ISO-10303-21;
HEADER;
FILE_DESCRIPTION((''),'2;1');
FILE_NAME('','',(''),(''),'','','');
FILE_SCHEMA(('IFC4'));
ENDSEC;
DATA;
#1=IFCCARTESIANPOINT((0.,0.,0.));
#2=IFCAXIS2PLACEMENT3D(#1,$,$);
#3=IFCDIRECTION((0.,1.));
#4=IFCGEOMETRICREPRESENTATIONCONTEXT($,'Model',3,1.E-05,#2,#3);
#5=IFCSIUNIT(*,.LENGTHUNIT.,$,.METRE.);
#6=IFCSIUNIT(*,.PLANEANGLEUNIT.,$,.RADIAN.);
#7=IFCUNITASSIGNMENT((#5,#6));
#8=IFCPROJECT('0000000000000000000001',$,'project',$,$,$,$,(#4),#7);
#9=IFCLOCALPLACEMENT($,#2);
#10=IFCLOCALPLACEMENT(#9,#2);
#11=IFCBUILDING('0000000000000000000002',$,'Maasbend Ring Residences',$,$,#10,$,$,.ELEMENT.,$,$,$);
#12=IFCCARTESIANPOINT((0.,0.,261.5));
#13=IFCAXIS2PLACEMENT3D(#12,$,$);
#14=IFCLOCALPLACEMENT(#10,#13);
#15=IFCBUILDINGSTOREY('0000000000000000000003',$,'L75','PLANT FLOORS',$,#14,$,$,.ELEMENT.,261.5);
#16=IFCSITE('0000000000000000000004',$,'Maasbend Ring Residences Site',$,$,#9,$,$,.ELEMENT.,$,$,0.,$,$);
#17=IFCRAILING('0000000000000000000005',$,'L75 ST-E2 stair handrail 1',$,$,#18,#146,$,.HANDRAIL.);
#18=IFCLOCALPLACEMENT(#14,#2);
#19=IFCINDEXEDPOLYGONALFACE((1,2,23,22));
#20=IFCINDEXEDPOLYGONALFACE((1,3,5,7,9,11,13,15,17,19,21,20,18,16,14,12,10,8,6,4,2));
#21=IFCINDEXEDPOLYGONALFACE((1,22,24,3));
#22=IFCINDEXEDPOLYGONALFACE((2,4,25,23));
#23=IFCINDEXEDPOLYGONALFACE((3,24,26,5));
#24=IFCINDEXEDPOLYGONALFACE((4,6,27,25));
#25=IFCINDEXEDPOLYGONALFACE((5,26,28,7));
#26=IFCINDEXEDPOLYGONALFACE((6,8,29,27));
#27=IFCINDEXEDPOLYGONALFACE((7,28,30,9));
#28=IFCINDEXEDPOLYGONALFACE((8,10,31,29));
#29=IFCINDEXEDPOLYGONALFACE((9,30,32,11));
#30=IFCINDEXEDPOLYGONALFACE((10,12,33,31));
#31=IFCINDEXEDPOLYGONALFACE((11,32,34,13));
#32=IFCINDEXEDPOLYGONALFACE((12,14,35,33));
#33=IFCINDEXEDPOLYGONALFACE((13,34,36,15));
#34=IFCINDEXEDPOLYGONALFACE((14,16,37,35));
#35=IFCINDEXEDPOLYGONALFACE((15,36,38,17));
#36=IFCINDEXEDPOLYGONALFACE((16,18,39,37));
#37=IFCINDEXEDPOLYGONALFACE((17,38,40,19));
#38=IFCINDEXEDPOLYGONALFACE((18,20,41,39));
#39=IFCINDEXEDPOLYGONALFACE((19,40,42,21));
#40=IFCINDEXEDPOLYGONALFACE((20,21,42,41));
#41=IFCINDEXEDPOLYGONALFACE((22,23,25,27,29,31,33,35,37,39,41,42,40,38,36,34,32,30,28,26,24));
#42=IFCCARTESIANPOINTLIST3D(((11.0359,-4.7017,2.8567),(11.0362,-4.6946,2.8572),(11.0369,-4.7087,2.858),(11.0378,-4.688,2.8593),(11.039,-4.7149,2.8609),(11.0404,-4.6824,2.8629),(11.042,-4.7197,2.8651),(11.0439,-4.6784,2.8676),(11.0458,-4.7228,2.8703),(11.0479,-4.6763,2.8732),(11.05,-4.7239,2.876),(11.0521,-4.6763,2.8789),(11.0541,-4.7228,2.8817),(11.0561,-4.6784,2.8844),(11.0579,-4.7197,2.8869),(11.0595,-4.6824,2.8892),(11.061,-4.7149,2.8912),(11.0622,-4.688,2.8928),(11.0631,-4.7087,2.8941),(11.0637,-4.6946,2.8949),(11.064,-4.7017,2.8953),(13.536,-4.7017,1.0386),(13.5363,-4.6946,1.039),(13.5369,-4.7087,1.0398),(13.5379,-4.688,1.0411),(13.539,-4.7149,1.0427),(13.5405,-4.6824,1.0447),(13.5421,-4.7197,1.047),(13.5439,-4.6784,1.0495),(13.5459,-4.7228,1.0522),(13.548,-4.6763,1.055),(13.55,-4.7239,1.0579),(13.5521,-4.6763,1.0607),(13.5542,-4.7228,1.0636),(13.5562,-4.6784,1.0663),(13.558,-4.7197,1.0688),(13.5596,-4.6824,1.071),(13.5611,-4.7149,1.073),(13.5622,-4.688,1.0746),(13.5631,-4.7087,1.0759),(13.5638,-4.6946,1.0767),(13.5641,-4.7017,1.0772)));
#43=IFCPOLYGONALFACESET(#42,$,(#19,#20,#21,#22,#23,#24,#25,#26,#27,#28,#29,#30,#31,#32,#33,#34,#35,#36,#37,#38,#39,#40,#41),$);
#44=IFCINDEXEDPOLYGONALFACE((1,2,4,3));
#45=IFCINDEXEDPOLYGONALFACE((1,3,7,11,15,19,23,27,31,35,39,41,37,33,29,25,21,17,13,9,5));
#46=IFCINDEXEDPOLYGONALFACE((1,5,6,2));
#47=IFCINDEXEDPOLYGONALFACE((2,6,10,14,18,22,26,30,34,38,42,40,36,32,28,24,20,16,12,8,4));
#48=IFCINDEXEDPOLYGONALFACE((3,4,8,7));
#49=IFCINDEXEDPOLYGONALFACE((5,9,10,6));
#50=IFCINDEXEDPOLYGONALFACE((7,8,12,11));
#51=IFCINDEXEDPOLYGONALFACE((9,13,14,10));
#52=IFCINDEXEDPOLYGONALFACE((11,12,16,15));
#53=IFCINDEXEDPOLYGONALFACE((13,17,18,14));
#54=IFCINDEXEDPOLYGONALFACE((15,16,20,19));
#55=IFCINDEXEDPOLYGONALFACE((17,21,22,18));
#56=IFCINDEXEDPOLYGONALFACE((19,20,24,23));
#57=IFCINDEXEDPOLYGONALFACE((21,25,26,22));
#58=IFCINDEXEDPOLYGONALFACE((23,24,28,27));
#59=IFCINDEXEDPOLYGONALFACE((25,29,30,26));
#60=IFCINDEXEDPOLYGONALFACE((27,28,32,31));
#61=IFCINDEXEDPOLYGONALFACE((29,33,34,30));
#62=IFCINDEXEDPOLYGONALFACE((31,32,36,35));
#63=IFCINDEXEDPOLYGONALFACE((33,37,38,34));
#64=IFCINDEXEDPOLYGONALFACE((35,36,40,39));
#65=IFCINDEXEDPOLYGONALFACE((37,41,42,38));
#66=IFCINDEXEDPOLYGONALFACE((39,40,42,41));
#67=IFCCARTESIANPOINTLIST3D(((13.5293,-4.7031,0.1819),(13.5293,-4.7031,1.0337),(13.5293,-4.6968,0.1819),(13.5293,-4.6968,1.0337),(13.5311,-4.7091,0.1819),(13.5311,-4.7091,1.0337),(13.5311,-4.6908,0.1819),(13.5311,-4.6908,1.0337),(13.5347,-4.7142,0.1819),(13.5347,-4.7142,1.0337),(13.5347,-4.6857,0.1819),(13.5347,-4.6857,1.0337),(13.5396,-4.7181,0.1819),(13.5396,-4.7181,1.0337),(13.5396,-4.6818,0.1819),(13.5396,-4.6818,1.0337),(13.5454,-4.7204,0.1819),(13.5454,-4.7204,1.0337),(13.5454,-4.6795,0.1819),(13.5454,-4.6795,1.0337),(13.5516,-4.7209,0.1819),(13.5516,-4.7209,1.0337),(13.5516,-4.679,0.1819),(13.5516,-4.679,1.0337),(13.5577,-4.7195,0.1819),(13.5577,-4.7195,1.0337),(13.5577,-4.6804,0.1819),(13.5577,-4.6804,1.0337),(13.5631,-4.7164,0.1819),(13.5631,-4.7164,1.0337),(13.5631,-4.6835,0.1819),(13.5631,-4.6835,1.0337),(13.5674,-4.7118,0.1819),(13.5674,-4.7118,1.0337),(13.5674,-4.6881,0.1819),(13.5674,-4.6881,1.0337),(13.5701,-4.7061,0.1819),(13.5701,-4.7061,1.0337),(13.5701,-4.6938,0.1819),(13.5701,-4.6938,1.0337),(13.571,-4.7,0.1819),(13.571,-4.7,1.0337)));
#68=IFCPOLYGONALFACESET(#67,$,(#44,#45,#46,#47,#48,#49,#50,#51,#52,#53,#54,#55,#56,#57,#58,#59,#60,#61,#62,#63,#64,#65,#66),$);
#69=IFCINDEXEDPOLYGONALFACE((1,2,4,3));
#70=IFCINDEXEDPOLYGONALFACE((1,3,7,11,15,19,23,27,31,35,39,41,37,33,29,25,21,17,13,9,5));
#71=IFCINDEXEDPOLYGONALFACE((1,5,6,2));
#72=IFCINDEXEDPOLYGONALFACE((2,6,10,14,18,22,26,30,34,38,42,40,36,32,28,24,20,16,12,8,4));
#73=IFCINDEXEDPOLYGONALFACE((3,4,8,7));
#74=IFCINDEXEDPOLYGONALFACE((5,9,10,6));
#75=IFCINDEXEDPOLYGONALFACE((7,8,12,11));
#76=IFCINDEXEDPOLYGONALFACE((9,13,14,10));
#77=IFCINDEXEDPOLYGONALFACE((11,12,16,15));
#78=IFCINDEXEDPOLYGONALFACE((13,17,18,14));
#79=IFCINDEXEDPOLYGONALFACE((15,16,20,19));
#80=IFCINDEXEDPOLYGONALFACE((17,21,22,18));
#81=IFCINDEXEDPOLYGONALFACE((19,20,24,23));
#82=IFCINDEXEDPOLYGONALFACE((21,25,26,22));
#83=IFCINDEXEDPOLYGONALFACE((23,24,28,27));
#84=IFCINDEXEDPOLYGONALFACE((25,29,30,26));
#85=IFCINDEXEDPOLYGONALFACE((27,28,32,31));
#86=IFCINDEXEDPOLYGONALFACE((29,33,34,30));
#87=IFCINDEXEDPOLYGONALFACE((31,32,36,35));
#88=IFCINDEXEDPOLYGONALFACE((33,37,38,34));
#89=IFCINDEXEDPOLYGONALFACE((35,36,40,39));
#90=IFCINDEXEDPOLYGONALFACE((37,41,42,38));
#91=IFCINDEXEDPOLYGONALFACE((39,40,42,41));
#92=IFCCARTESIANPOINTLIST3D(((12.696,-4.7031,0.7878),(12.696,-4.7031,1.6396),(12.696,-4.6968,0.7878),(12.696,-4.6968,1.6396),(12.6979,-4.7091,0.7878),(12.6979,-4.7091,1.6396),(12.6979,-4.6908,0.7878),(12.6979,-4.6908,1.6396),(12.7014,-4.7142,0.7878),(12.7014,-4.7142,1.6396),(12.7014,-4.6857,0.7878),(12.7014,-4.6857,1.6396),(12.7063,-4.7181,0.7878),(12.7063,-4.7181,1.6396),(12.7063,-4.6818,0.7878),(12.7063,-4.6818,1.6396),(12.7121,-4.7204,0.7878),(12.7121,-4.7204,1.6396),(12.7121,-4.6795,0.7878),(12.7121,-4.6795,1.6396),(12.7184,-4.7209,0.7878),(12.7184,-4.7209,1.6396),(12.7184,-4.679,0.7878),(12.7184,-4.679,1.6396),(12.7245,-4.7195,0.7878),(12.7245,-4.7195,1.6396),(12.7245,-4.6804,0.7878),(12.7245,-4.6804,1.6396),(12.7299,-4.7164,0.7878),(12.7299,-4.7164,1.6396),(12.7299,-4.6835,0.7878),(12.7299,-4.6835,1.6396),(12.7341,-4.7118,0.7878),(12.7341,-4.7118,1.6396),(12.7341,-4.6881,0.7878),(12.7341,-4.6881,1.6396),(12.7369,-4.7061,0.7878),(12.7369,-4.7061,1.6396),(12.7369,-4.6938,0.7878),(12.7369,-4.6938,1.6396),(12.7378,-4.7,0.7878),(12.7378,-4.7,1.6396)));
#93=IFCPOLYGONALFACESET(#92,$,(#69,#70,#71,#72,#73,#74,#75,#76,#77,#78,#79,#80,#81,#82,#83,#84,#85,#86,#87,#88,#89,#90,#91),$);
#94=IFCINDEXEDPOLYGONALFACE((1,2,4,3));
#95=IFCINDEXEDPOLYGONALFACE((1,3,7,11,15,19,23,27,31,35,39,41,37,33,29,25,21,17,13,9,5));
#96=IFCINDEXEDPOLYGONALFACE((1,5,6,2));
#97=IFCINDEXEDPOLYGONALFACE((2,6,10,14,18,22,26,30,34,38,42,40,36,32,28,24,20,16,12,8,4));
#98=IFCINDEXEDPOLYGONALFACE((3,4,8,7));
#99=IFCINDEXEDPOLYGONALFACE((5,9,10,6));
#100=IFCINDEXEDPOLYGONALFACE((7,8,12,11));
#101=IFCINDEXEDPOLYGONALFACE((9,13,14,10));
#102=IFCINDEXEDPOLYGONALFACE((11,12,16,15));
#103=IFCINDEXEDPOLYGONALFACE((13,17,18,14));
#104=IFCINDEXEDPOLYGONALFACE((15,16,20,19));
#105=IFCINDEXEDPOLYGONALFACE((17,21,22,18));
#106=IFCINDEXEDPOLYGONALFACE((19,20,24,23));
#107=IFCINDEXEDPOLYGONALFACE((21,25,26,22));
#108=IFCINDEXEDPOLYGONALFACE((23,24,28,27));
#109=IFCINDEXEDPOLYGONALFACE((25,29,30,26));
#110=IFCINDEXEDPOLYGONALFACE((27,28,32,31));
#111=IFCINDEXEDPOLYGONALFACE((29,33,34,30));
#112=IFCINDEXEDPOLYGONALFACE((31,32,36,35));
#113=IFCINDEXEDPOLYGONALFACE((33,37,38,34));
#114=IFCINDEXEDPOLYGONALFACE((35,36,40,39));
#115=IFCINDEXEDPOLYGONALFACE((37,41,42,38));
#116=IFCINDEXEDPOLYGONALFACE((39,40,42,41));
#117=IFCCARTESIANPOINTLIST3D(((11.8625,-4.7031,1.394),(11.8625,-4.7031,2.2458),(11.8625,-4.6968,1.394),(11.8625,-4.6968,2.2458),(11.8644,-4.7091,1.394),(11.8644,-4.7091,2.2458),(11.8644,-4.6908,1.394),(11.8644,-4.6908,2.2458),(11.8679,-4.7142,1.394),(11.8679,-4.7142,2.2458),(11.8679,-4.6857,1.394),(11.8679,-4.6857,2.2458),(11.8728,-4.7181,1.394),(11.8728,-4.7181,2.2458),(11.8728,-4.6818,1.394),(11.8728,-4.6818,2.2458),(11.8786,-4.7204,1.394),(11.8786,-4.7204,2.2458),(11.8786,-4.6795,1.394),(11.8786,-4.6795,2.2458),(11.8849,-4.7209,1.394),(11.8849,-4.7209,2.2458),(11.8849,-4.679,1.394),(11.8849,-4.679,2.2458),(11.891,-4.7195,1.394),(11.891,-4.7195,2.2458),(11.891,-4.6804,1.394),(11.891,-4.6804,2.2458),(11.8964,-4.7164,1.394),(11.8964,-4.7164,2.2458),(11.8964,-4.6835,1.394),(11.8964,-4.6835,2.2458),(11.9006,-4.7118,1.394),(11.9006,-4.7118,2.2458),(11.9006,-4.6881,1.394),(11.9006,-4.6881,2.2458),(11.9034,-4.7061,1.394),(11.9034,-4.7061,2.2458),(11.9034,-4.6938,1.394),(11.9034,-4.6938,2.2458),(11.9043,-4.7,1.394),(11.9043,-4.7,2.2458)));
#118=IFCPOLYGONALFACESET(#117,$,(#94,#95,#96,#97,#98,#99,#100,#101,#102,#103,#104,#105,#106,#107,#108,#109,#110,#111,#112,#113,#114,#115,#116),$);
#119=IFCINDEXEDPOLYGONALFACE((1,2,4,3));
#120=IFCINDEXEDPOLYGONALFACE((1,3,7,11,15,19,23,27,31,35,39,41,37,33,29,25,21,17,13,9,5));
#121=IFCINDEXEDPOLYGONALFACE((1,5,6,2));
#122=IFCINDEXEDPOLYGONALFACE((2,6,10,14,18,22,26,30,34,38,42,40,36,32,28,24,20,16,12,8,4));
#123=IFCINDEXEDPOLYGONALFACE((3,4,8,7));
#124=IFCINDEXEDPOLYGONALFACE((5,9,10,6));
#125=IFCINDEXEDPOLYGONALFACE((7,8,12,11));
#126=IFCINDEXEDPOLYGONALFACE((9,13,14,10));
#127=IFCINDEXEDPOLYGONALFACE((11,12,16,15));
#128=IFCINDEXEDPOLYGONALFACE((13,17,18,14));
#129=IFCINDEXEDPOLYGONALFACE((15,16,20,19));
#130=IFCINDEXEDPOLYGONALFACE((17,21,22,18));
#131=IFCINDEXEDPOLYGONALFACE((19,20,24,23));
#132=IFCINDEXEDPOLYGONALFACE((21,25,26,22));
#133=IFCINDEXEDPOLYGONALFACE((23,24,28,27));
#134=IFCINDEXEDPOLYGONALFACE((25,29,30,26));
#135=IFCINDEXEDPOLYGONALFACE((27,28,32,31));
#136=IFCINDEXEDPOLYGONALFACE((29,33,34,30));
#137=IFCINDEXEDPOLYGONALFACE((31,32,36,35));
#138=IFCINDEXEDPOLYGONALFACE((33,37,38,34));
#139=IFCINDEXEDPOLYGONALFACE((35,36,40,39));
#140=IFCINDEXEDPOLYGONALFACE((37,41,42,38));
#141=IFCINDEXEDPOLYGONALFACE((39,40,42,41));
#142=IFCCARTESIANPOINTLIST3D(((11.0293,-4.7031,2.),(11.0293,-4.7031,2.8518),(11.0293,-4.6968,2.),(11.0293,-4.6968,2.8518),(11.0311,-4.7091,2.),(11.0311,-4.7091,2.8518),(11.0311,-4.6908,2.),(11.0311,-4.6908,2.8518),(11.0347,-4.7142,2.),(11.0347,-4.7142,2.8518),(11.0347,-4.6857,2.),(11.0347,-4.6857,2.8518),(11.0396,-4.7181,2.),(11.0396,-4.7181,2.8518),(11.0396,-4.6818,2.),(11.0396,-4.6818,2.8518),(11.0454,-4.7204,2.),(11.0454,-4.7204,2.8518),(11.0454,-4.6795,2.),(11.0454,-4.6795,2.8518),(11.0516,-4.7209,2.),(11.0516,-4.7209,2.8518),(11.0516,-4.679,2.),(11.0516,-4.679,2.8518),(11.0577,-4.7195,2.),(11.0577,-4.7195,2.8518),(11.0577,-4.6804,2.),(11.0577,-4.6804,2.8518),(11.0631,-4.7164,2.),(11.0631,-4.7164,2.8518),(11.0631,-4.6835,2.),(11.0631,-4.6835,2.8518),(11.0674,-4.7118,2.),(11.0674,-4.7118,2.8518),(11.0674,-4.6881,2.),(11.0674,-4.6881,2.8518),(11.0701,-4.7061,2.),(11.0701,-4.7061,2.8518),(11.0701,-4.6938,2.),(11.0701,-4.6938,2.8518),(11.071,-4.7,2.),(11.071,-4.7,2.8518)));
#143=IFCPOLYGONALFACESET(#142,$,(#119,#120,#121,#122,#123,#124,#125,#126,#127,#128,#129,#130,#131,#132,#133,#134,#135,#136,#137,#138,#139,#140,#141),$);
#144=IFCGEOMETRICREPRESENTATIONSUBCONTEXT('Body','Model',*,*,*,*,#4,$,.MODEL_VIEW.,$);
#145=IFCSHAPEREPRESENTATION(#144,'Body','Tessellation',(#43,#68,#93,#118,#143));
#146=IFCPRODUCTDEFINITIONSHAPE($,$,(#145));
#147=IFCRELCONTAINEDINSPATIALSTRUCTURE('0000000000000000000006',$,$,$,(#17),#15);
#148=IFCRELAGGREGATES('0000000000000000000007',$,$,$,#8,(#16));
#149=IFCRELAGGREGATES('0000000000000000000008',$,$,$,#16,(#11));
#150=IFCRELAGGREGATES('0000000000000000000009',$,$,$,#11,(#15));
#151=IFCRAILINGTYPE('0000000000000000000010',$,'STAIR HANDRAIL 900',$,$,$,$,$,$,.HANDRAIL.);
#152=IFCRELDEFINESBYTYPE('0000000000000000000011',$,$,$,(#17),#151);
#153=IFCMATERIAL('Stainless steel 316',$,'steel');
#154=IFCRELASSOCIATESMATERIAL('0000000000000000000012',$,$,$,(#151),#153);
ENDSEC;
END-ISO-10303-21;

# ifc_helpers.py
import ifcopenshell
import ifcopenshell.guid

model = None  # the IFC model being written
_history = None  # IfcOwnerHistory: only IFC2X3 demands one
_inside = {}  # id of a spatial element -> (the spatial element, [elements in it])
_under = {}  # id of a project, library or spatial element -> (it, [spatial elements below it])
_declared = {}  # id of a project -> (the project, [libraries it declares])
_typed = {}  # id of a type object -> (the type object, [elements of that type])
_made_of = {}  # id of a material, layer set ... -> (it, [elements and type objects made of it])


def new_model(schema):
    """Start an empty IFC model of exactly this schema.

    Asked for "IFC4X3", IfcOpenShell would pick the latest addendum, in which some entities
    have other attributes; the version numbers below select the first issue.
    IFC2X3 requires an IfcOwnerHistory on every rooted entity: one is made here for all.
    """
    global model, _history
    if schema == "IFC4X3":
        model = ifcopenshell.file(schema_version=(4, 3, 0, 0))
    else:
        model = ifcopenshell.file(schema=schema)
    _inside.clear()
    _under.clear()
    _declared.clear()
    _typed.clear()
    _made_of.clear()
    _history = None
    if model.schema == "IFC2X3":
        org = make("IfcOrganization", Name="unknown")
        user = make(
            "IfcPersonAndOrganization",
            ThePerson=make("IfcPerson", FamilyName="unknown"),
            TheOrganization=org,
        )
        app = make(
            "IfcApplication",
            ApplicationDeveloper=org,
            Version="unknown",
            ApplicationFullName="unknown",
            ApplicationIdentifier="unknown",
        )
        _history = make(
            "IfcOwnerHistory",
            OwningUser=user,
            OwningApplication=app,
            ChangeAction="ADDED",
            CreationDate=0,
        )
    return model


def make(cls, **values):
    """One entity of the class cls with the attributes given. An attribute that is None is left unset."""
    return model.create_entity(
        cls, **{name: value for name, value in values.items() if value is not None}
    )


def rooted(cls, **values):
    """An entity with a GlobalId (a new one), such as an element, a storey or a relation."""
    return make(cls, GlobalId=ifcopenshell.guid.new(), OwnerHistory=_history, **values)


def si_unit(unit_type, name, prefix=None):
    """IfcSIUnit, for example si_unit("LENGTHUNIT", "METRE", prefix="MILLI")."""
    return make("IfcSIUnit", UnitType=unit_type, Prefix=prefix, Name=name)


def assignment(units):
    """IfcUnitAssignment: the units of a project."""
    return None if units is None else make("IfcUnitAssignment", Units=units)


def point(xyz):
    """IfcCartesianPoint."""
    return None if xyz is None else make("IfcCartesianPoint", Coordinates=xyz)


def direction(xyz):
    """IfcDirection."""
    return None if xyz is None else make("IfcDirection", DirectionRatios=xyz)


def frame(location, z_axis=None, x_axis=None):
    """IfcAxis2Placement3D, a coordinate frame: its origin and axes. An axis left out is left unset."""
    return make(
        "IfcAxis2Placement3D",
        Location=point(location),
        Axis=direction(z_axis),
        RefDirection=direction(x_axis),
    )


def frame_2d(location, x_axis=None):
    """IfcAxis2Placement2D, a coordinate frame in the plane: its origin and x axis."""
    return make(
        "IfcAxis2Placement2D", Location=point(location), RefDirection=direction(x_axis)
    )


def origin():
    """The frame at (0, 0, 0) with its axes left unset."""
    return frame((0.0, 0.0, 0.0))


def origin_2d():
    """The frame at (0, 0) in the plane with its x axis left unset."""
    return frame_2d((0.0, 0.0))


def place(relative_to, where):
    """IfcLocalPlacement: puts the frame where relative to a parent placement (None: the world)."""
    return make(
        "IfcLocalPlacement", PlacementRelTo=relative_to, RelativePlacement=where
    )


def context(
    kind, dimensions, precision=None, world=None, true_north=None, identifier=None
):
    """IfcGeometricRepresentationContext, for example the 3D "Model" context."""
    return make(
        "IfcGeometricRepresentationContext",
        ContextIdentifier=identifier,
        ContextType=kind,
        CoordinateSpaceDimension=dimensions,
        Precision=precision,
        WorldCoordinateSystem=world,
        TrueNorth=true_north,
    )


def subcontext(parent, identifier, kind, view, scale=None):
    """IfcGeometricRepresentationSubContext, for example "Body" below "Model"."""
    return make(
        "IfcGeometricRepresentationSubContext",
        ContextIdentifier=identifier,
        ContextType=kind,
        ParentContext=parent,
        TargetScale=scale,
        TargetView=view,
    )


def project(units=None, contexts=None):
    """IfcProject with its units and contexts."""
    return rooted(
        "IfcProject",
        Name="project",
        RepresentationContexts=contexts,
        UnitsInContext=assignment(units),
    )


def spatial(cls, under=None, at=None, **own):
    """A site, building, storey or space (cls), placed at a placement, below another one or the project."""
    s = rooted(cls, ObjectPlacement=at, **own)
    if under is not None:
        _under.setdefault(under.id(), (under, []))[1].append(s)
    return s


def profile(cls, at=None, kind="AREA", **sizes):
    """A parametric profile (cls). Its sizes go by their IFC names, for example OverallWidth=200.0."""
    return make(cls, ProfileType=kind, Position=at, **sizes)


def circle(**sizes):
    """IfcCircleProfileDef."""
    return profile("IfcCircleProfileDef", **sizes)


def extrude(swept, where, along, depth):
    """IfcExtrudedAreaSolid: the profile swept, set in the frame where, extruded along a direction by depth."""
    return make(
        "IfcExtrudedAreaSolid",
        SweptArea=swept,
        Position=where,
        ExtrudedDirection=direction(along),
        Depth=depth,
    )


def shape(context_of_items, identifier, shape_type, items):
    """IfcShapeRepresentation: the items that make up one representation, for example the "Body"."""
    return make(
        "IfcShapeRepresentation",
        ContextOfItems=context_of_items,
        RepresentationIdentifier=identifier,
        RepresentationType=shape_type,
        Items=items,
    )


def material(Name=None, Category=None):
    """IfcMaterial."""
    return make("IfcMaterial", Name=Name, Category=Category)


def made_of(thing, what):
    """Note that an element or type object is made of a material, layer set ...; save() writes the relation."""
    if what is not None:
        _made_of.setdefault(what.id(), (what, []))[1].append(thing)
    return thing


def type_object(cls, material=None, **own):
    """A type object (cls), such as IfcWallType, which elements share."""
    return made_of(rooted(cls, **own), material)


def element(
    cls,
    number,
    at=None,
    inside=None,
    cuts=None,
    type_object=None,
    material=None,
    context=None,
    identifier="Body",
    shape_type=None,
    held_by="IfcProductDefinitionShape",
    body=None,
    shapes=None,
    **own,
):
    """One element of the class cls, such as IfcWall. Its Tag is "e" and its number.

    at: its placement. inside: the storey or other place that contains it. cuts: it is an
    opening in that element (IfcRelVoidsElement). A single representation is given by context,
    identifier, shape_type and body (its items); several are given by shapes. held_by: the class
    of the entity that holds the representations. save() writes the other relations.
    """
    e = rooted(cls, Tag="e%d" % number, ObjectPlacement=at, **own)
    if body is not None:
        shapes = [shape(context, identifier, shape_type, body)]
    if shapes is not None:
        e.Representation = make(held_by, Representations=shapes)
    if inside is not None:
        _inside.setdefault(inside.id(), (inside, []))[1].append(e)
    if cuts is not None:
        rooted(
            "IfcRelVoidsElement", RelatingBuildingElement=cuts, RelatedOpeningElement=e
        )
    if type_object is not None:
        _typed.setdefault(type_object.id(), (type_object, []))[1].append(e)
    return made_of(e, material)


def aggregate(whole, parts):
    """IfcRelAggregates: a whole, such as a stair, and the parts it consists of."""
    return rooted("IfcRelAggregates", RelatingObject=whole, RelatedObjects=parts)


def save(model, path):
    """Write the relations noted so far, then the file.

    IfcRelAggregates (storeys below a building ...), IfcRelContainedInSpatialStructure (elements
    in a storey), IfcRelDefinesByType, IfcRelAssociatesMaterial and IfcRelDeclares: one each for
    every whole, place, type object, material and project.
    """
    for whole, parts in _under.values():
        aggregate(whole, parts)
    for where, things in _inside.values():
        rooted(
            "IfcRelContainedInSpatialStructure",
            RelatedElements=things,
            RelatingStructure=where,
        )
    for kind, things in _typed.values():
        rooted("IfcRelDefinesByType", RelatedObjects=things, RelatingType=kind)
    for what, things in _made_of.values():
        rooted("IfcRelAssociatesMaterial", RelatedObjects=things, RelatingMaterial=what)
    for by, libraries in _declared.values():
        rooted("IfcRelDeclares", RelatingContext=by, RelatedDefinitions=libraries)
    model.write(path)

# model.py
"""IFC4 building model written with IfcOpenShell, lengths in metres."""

from ifc_helpers import new_model, si_unit, direction, frame, origin, origin_2d, place, context, subcontext, project, spatial, circle, extrude, material, type_object, element, save


model = new_model("IFC4")

# Units and contexts
model_context = context("Model", 3, precision=1e-05, world=origin(), true_north=direction((0.0, 1.0)))
body_context = subcontext(model_context, "Body", "Model", "MODEL_VIEW")
ifc_project = project(units=[si_unit("LENGTHUNIT", "METRE"), si_unit("PLANEANGLEUNIT", "RADIAN")], contexts=[model_context])

# Site, building, storey
site_placement = place(None, origin())
site = spatial("IfcSite", under=ifc_project, at=site_placement, Name="Maasbend Ring Residences Site", CompositionType="ELEMENT", RefElevation=0.0)
building_placement = place(site_placement, origin())
building = spatial("IfcBuilding", under=site, at=building_placement, Name="Maasbend Ring Residences", CompositionType="ELEMENT")
storey_placement = place(building_placement, frame((0.0, 0.0, 261.5)))
storey = spatial("IfcBuildingStorey", under=building, at=storey_placement, Name="L75", Description="PLANT FLOORS", CompositionType="ELEMENT", Elevation=261.5)

# Railing
ifc_material_1 = material(Name="Stainless steel 316", Category="steel")
railing_type_1 = type_object("IfcRailingType", Name="STAIR HANDRAIL 900", PredefinedType="HANDRAIL", material=ifc_material_1)
railing_1_placement = place(storey_placement, frame((13.55, -4.7, 0.1819)))
element("IfcRailing", 1, at=railing_1_placement, inside=storey, type_object=railing_type_1, Name="L75 ST-E2 stair handrail 1", PredefinedType="HANDRAIL", context=body_context, shape_type="SweptSolid", body=[
    extrude(circle(Radius=0.0239, at=origin_2d()), frame((0.0, 0.0, 0.876), z_axis=(-0.808746, 0.0, 0.588158), x_axis=(0.0, -1.0, 0.0)), (0.0, 0.0, 1.0), 3.0913),
    extrude(circle(Radius=0.021, at=origin_2d()), origin(), (0.0, 0.0, 1.0), 0.8518),
    extrude(circle(Radius=0.021, at=origin_2d()), frame((-0.8333, 0.0, 0.606)), (0.0, 0.0, 1.0), 0.8518),
    extrude(circle(Radius=0.021, at=origin_2d()), frame((-1.6667, 0.0, 1.2122)), (0.0, 0.0, 1.0), 0.8518),
    extrude(circle(Radius=0.021, at=origin_2d()), frame((-2.5, 0.0, 1.8181)), (0.0, 0.0, 1.0), 0.8518),
])

save(model, "model.ifc")
